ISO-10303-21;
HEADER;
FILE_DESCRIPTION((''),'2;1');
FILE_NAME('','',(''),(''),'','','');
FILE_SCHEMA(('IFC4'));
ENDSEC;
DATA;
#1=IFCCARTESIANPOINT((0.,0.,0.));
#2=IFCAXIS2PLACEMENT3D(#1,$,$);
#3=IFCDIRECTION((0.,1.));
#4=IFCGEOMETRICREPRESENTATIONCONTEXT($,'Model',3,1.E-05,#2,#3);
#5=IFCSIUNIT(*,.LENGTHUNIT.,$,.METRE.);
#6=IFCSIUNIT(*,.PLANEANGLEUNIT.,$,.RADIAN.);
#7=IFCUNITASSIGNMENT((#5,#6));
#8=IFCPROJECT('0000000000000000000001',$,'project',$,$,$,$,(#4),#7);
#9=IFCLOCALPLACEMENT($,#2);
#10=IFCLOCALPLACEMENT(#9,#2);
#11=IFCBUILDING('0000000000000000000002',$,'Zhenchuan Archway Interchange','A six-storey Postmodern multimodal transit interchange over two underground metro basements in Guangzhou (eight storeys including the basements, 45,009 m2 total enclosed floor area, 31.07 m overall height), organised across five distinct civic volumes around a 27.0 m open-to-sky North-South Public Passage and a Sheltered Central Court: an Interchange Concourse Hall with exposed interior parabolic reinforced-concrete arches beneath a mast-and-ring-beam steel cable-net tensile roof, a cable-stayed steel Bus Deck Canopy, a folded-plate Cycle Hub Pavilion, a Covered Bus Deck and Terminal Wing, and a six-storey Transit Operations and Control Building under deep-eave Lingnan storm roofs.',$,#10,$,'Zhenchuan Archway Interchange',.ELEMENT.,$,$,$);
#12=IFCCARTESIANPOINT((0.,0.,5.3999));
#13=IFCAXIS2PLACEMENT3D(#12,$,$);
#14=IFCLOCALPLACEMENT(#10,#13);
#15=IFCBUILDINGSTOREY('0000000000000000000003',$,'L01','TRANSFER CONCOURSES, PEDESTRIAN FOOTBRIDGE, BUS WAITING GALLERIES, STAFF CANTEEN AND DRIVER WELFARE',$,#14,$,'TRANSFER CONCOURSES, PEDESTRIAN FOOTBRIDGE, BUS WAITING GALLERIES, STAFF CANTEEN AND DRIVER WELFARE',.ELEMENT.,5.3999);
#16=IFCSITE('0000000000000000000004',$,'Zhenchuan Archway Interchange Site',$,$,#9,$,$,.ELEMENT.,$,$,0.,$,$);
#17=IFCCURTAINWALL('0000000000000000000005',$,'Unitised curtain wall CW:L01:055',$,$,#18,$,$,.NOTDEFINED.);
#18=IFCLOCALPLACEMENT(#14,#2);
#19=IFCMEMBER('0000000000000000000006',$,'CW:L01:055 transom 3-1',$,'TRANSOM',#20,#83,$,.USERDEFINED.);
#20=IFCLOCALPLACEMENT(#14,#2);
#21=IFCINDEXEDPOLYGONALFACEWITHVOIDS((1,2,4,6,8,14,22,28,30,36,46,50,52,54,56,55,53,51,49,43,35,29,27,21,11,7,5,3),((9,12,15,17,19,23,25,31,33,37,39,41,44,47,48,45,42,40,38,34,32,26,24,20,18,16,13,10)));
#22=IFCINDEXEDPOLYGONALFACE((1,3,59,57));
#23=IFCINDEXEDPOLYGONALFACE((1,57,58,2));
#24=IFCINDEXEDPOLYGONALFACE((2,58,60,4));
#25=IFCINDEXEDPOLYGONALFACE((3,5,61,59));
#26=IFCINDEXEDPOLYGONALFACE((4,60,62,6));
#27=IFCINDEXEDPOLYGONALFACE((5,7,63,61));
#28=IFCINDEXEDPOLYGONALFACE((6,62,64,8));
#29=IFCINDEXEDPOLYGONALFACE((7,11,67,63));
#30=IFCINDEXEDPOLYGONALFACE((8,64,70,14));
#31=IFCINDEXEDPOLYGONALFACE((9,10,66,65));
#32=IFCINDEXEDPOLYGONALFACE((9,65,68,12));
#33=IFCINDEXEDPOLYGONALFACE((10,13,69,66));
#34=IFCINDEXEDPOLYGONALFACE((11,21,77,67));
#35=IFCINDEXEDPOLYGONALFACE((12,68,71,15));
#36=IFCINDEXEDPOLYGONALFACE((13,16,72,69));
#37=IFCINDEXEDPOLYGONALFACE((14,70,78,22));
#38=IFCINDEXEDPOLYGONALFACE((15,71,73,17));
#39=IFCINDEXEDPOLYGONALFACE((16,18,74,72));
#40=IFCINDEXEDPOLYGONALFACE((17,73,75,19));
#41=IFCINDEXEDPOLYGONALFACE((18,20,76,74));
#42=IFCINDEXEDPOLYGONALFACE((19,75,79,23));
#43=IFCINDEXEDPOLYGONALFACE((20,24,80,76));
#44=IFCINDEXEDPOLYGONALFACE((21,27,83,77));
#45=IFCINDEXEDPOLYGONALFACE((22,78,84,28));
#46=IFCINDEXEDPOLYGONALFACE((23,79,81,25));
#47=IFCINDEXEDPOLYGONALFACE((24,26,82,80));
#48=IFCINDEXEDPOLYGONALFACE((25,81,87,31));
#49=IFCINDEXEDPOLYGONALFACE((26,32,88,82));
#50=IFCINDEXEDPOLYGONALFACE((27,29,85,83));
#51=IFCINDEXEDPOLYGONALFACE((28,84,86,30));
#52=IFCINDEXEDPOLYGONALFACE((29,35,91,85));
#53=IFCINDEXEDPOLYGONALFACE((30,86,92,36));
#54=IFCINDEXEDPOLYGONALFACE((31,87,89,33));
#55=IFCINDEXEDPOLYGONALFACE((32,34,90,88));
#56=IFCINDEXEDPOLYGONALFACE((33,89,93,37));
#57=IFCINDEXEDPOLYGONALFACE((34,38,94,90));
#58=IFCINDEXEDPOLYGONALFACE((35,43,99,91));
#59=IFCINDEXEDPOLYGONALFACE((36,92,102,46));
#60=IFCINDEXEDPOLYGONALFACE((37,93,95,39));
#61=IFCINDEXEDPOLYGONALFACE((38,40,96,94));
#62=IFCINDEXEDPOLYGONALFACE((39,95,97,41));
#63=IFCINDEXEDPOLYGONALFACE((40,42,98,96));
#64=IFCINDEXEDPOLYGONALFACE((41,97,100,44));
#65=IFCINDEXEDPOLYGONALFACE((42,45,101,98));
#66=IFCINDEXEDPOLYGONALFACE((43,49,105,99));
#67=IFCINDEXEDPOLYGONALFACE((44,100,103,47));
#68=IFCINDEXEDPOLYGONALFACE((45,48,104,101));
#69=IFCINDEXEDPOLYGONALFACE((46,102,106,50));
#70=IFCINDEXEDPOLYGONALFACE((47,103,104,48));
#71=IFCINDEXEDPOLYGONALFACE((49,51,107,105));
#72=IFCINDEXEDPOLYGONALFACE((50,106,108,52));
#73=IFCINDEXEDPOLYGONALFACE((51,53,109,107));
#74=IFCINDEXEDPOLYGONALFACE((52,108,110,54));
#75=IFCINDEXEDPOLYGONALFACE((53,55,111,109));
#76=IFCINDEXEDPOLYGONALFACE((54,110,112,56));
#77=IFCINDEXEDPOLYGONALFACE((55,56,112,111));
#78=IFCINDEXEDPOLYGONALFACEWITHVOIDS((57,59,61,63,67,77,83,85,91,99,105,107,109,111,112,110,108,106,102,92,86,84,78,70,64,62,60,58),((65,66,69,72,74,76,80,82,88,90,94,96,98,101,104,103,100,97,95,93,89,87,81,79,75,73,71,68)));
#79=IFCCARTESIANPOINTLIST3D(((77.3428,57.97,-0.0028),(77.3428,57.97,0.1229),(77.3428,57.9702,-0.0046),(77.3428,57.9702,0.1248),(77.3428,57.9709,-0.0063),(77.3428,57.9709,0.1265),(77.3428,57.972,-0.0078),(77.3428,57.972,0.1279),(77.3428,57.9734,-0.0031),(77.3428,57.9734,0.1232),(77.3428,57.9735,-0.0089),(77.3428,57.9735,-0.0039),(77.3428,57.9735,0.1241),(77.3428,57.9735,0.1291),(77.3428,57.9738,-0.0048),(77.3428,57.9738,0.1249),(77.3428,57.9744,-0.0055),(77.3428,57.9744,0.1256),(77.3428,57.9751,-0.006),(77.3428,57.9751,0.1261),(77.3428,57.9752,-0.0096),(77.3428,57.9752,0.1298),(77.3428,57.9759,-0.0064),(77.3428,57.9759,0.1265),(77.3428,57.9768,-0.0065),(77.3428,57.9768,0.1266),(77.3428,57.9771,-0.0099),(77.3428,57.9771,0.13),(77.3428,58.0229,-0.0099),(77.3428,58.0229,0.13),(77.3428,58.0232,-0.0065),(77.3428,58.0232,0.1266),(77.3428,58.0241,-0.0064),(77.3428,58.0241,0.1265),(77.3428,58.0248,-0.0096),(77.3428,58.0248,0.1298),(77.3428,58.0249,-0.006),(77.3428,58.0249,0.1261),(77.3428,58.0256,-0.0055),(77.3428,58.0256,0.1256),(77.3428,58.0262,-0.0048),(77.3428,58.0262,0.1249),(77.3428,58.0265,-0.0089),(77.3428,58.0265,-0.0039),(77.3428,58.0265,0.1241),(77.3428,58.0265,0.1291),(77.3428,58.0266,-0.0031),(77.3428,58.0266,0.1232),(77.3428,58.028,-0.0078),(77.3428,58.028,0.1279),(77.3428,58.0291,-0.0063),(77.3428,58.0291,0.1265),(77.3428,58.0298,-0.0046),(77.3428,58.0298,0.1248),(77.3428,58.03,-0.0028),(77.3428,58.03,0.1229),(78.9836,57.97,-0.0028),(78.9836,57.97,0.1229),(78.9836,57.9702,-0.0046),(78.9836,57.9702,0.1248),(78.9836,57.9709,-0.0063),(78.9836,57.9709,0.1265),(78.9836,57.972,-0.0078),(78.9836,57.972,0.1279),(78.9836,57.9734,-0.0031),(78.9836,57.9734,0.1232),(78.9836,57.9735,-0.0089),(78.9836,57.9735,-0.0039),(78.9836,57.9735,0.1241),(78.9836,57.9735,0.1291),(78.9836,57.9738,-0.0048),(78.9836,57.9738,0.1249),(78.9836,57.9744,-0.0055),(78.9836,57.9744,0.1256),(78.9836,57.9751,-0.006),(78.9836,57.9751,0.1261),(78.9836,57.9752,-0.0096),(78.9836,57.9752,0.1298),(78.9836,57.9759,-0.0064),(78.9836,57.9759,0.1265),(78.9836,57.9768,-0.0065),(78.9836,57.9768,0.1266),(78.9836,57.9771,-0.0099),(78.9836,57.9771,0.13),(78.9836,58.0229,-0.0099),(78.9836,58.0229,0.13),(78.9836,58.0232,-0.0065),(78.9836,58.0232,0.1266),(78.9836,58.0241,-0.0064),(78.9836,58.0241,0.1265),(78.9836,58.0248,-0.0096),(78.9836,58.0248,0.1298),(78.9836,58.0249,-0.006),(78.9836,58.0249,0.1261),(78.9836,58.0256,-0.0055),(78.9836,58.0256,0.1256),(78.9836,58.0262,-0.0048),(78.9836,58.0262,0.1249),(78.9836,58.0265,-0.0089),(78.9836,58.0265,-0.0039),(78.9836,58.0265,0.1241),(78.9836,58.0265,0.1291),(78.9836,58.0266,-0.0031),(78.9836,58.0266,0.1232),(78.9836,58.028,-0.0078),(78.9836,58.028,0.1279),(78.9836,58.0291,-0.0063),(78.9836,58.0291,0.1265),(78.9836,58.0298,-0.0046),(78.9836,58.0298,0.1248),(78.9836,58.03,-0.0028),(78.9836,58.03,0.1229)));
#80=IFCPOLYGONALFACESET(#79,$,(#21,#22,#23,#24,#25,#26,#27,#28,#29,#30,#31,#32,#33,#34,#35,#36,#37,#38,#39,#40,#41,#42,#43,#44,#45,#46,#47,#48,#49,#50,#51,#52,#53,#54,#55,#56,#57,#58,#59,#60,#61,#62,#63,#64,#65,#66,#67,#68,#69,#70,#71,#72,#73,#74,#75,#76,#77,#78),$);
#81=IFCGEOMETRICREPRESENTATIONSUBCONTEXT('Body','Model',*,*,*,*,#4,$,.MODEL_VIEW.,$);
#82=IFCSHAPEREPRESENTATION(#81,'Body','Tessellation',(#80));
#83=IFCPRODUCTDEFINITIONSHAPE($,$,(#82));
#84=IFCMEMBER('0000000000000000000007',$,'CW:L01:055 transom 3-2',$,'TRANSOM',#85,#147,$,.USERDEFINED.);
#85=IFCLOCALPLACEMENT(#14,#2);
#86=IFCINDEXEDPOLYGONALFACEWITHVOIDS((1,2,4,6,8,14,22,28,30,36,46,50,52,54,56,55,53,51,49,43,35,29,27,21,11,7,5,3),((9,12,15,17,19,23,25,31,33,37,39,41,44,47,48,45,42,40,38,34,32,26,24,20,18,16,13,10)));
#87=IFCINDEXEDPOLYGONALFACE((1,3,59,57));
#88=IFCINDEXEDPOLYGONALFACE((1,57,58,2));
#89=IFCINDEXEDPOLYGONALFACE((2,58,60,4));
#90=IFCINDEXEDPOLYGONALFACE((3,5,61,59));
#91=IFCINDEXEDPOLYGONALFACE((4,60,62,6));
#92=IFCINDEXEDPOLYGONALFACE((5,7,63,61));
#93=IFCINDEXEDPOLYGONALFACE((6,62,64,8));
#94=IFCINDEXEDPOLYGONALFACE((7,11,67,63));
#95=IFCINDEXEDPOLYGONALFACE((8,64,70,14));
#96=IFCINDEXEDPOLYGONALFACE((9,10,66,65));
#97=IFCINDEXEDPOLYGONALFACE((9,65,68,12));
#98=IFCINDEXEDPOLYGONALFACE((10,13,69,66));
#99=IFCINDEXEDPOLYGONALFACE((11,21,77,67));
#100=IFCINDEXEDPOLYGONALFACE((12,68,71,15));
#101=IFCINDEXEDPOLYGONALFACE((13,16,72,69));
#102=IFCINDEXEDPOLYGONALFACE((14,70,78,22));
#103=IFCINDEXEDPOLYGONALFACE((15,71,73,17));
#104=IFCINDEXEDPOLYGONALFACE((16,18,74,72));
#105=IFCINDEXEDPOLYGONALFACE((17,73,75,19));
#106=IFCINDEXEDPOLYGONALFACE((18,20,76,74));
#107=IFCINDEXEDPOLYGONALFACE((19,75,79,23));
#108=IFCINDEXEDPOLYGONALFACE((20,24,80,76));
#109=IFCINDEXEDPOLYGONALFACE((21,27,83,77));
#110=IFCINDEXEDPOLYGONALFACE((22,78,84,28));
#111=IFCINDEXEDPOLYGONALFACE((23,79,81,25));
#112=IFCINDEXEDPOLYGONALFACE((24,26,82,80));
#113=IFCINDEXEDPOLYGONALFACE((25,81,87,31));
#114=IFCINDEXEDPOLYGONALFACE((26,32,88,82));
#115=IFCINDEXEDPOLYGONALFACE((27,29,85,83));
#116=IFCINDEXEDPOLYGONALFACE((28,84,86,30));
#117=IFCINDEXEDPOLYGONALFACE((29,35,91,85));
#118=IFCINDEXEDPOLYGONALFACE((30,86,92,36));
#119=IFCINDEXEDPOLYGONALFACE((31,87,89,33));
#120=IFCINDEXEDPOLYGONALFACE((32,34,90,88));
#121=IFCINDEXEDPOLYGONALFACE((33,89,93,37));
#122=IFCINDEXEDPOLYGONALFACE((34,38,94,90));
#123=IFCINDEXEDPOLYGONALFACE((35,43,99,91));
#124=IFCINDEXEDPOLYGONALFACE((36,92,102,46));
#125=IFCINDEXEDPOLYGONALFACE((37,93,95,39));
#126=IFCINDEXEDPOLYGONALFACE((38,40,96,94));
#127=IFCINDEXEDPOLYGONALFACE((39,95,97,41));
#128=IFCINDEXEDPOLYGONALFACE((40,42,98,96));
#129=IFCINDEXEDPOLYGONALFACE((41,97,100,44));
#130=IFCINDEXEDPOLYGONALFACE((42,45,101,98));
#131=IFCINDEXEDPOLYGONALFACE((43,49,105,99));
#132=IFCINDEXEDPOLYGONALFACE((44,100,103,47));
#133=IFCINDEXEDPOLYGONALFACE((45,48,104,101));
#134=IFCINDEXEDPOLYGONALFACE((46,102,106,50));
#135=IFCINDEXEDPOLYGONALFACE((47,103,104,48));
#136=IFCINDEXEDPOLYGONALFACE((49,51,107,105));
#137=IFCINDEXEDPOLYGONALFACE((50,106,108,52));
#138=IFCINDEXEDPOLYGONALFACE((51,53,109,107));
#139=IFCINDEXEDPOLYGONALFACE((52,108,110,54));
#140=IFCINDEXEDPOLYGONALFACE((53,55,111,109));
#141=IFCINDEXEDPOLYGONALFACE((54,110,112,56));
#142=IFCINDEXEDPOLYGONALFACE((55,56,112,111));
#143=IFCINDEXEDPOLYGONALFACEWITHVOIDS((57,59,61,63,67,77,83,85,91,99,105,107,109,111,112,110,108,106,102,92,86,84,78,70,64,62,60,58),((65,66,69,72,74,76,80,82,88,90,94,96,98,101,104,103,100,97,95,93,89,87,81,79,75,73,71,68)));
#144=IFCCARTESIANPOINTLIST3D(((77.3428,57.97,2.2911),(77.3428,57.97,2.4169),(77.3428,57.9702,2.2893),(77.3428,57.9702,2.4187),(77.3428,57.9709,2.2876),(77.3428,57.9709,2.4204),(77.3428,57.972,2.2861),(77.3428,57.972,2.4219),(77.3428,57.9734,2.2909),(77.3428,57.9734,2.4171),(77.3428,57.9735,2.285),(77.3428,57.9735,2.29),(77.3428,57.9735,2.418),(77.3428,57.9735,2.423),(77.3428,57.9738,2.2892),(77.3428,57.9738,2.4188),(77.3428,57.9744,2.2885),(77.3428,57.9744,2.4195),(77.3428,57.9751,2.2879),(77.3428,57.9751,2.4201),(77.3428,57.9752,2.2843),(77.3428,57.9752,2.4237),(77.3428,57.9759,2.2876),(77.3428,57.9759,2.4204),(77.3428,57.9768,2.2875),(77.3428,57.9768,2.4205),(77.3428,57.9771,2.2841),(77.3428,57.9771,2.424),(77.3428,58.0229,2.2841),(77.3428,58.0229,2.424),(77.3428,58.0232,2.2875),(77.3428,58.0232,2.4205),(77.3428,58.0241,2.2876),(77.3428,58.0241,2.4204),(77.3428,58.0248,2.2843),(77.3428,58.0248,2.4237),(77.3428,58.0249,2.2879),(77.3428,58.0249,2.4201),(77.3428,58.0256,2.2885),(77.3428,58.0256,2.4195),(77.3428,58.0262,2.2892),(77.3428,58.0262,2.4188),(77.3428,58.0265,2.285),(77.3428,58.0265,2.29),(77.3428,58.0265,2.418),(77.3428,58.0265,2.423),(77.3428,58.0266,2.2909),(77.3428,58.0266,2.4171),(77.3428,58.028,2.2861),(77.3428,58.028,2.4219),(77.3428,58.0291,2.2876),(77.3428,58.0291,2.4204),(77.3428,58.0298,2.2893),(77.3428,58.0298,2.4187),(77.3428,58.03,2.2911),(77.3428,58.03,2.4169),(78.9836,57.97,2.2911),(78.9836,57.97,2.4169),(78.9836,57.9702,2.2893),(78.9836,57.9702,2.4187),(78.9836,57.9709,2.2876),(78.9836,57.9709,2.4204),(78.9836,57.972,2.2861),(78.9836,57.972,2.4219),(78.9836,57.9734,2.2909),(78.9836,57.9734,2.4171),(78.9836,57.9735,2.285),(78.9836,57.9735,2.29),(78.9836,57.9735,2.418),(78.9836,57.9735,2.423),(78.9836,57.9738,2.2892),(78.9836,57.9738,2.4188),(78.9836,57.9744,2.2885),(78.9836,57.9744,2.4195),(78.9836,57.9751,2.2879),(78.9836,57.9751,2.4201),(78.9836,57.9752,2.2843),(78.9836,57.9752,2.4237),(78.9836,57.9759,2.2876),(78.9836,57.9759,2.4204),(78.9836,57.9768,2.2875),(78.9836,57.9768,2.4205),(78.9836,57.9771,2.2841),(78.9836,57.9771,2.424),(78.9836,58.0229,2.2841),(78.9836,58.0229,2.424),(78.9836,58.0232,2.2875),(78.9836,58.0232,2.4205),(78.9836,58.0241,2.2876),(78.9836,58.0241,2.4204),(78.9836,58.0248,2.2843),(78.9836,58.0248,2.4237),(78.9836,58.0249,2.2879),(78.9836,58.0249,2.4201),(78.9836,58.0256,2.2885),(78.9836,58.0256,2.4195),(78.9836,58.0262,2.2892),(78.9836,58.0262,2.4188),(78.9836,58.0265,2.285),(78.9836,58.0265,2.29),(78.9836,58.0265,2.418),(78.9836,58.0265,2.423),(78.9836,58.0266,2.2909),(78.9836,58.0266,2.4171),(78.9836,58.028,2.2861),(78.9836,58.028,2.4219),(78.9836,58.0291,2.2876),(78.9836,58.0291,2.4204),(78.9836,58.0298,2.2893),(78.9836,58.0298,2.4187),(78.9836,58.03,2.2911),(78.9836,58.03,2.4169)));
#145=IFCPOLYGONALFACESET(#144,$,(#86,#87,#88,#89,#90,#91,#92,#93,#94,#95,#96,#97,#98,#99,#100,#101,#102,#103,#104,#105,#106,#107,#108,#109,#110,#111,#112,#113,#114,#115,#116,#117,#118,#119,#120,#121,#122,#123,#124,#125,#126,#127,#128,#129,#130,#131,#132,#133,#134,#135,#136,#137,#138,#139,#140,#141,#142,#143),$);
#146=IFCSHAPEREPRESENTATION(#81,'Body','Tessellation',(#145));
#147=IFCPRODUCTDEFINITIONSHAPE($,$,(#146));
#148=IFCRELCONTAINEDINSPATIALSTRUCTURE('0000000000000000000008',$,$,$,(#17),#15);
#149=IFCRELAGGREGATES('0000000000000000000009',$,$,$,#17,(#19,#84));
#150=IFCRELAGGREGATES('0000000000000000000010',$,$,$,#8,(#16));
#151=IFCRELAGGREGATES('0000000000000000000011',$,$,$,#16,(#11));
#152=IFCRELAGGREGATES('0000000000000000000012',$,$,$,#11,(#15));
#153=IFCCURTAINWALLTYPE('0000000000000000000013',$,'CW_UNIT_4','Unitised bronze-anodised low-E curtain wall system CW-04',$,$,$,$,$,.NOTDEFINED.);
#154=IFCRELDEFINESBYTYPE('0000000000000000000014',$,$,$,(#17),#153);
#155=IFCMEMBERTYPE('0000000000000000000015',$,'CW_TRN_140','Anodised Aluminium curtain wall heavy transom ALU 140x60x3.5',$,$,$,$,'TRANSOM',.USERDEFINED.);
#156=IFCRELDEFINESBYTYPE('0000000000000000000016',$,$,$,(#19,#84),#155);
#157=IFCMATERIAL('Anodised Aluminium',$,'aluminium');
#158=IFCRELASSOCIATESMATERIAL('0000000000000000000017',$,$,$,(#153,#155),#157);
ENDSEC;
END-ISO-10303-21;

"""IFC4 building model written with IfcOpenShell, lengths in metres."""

from ifc_helpers import new_model, si_unit, direction, frame, origin, origin_2d, place, context, subcontext, project, spatial, hollow_rectangle, extrude, material, material_profile, profile_set, type_object, element, aggregate, save


model = new_model("IFC4")

# Units and contexts
model_context = context("Model", 3, precision=1e-05, world=origin(), true_north=direction((0.0, 1.0)))
body_context = subcontext(model_context, "Body", "Model", "MODEL_VIEW")
ifc_project = project(units=[si_unit("LENGTHUNIT", "METRE"), si_unit("PLANEANGLEUNIT", "RADIAN")], contexts=[model_context])

# Site, building, storey
site_placement = place(None, origin())
site = spatial("IfcSite", under=ifc_project, at=site_placement, Name="Zhenchuan Archway Interchange Site", CompositionType="ELEMENT", RefElevation=0.0)
building_placement = place(site_placement, origin())
building = spatial("IfcBuilding", under=site, at=building_placement, Name="Zhenchuan Archway Interchange", Description="A six-storey Postmodern multimodal transit interchange over two underground metro basements in Guangzhou (eight storeys including the basements, 45,009 m2 total enclosed floor area, 31.07 m overall height), organised across five distinct civic volumes around a 27.0 m open-to-sky North-South Public Passage and a Sheltered Central Court: an Interchange Concourse Hall with exposed interior parabolic reinforced-concrete arches beneath a mast-and-ring-beam steel cable-net tensile roof, a cable-stayed steel Bus Deck Canopy, a folded-plate Cycle Hub Pavilion, a Covered Bus Deck and Terminal Wing, and a six-storey Transit Operations and Control Building under deep-eave Lingnan storm roofs.", LongName="Zhenchuan Archway Interchange", CompositionType="ELEMENT")
storey_placement = place(building_placement, frame((0.0, 0.0, 5.3999)))
storey = spatial("IfcBuildingStorey", under=building, at=storey_placement, Name="L01", Description="TRANSFER CONCOURSES, PEDESTRIAN FOOTBRIDGE, BUS WAITING GALLERIES, STAFF CANTEEN AND DRIVER WELFARE", LongName="TRANSFER CONCOURSES, PEDESTRIAN FOOTBRIDGE, BUS WAITING GALLERIES, STAFF CANTEEN AND DRIVER WELFARE", CompositionType="ELEMENT", Elevation=5.3999)

# Shared definitions
ifc_material_1 = material(Name="Anodised Aluminium", Category="aluminium")

# Curtain wall, members
curtain_wall_type_1 = type_object("IfcCurtainWallType", Name="CW_UNIT_4", Description="Unitised bronze-anodised low-E curtain wall system CW-04", PredefinedType="NOTDEFINED", material=ifc_material_1)
curtain_wall_1_placement = place(storey_placement, origin())
curtain_wall_1 = element("IfcCurtainWall", 1, at=curtain_wall_1_placement, inside=storey, type_object=curtain_wall_type_1, Name="Unitised curtain wall CW:L01:055", PredefinedType="NOTDEFINED")
ifc_material_profile_1 = material_profile(ifc_material_1, hollow_rectangle(XDim=0.0601, YDim=0.1399, WallThickness=0.0034, InnerFilletRadius=0.0034, OuterFilletRadius=0.0071, at=origin_2d()), Name="ALU 140x60x3.5")
ifc_profile_set_1 = profile_set([ifc_material_profile_1], Name="Anodised Aluminium")
member_type_1 = type_object("IfcMemberType", Name="CW_TRN_140", Description="Anodised Aluminium curtain wall heavy transom ALU 140x60x3.5", ElementType="TRANSOM", PredefinedType="USERDEFINED", material=ifc_profile_set_1)
member_1_placement = place(storey_placement, frame((77.3428, 58.0, 0.0601), z_axis=(1.0, 0.0, 0.0), x_axis=(0.0, 1.0, 0.0)))
member_1 = element("IfcMember", 2, at=member_1_placement, type_object=member_type_1, Name="CW:L01:055 transom 3-1", ObjectType="TRANSOM", PredefinedType="USERDEFINED", context=body_context, shape_type="SweptSolid", body=[
    extrude(hollow_rectangle(XDim=0.0601, YDim=0.1399, WallThickness=0.0034, InnerFilletRadius=0.0034, OuterFilletRadius=0.0071, at=origin_2d()), origin(), (0.0, 0.0, 1.0), 1.6409),
])
member_2_placement = place(storey_placement, frame((77.3428, 58.0, 2.354), z_axis=(1.0, 0.0, 0.0), x_axis=(0.0, 1.0, 0.0)))
member_2 = element("IfcMember", 3, at=member_2_placement, type_object=member_type_1, Name="CW:L01:055 transom 3-2", ObjectType="TRANSOM", PredefinedType="USERDEFINED", context=body_context, shape_type="SweptSolid", body=[
    extrude(hollow_rectangle(XDim=0.0601, YDim=0.1399, WallThickness=0.0034, InnerFilletRadius=0.0034, OuterFilletRadius=0.0071, at=origin_2d()), origin(), (0.0, 0.0, 1.0), 1.6409),
])

aggregate(curtain_wall_1, [member_1, member_2])

save(model, "model.ifc")
